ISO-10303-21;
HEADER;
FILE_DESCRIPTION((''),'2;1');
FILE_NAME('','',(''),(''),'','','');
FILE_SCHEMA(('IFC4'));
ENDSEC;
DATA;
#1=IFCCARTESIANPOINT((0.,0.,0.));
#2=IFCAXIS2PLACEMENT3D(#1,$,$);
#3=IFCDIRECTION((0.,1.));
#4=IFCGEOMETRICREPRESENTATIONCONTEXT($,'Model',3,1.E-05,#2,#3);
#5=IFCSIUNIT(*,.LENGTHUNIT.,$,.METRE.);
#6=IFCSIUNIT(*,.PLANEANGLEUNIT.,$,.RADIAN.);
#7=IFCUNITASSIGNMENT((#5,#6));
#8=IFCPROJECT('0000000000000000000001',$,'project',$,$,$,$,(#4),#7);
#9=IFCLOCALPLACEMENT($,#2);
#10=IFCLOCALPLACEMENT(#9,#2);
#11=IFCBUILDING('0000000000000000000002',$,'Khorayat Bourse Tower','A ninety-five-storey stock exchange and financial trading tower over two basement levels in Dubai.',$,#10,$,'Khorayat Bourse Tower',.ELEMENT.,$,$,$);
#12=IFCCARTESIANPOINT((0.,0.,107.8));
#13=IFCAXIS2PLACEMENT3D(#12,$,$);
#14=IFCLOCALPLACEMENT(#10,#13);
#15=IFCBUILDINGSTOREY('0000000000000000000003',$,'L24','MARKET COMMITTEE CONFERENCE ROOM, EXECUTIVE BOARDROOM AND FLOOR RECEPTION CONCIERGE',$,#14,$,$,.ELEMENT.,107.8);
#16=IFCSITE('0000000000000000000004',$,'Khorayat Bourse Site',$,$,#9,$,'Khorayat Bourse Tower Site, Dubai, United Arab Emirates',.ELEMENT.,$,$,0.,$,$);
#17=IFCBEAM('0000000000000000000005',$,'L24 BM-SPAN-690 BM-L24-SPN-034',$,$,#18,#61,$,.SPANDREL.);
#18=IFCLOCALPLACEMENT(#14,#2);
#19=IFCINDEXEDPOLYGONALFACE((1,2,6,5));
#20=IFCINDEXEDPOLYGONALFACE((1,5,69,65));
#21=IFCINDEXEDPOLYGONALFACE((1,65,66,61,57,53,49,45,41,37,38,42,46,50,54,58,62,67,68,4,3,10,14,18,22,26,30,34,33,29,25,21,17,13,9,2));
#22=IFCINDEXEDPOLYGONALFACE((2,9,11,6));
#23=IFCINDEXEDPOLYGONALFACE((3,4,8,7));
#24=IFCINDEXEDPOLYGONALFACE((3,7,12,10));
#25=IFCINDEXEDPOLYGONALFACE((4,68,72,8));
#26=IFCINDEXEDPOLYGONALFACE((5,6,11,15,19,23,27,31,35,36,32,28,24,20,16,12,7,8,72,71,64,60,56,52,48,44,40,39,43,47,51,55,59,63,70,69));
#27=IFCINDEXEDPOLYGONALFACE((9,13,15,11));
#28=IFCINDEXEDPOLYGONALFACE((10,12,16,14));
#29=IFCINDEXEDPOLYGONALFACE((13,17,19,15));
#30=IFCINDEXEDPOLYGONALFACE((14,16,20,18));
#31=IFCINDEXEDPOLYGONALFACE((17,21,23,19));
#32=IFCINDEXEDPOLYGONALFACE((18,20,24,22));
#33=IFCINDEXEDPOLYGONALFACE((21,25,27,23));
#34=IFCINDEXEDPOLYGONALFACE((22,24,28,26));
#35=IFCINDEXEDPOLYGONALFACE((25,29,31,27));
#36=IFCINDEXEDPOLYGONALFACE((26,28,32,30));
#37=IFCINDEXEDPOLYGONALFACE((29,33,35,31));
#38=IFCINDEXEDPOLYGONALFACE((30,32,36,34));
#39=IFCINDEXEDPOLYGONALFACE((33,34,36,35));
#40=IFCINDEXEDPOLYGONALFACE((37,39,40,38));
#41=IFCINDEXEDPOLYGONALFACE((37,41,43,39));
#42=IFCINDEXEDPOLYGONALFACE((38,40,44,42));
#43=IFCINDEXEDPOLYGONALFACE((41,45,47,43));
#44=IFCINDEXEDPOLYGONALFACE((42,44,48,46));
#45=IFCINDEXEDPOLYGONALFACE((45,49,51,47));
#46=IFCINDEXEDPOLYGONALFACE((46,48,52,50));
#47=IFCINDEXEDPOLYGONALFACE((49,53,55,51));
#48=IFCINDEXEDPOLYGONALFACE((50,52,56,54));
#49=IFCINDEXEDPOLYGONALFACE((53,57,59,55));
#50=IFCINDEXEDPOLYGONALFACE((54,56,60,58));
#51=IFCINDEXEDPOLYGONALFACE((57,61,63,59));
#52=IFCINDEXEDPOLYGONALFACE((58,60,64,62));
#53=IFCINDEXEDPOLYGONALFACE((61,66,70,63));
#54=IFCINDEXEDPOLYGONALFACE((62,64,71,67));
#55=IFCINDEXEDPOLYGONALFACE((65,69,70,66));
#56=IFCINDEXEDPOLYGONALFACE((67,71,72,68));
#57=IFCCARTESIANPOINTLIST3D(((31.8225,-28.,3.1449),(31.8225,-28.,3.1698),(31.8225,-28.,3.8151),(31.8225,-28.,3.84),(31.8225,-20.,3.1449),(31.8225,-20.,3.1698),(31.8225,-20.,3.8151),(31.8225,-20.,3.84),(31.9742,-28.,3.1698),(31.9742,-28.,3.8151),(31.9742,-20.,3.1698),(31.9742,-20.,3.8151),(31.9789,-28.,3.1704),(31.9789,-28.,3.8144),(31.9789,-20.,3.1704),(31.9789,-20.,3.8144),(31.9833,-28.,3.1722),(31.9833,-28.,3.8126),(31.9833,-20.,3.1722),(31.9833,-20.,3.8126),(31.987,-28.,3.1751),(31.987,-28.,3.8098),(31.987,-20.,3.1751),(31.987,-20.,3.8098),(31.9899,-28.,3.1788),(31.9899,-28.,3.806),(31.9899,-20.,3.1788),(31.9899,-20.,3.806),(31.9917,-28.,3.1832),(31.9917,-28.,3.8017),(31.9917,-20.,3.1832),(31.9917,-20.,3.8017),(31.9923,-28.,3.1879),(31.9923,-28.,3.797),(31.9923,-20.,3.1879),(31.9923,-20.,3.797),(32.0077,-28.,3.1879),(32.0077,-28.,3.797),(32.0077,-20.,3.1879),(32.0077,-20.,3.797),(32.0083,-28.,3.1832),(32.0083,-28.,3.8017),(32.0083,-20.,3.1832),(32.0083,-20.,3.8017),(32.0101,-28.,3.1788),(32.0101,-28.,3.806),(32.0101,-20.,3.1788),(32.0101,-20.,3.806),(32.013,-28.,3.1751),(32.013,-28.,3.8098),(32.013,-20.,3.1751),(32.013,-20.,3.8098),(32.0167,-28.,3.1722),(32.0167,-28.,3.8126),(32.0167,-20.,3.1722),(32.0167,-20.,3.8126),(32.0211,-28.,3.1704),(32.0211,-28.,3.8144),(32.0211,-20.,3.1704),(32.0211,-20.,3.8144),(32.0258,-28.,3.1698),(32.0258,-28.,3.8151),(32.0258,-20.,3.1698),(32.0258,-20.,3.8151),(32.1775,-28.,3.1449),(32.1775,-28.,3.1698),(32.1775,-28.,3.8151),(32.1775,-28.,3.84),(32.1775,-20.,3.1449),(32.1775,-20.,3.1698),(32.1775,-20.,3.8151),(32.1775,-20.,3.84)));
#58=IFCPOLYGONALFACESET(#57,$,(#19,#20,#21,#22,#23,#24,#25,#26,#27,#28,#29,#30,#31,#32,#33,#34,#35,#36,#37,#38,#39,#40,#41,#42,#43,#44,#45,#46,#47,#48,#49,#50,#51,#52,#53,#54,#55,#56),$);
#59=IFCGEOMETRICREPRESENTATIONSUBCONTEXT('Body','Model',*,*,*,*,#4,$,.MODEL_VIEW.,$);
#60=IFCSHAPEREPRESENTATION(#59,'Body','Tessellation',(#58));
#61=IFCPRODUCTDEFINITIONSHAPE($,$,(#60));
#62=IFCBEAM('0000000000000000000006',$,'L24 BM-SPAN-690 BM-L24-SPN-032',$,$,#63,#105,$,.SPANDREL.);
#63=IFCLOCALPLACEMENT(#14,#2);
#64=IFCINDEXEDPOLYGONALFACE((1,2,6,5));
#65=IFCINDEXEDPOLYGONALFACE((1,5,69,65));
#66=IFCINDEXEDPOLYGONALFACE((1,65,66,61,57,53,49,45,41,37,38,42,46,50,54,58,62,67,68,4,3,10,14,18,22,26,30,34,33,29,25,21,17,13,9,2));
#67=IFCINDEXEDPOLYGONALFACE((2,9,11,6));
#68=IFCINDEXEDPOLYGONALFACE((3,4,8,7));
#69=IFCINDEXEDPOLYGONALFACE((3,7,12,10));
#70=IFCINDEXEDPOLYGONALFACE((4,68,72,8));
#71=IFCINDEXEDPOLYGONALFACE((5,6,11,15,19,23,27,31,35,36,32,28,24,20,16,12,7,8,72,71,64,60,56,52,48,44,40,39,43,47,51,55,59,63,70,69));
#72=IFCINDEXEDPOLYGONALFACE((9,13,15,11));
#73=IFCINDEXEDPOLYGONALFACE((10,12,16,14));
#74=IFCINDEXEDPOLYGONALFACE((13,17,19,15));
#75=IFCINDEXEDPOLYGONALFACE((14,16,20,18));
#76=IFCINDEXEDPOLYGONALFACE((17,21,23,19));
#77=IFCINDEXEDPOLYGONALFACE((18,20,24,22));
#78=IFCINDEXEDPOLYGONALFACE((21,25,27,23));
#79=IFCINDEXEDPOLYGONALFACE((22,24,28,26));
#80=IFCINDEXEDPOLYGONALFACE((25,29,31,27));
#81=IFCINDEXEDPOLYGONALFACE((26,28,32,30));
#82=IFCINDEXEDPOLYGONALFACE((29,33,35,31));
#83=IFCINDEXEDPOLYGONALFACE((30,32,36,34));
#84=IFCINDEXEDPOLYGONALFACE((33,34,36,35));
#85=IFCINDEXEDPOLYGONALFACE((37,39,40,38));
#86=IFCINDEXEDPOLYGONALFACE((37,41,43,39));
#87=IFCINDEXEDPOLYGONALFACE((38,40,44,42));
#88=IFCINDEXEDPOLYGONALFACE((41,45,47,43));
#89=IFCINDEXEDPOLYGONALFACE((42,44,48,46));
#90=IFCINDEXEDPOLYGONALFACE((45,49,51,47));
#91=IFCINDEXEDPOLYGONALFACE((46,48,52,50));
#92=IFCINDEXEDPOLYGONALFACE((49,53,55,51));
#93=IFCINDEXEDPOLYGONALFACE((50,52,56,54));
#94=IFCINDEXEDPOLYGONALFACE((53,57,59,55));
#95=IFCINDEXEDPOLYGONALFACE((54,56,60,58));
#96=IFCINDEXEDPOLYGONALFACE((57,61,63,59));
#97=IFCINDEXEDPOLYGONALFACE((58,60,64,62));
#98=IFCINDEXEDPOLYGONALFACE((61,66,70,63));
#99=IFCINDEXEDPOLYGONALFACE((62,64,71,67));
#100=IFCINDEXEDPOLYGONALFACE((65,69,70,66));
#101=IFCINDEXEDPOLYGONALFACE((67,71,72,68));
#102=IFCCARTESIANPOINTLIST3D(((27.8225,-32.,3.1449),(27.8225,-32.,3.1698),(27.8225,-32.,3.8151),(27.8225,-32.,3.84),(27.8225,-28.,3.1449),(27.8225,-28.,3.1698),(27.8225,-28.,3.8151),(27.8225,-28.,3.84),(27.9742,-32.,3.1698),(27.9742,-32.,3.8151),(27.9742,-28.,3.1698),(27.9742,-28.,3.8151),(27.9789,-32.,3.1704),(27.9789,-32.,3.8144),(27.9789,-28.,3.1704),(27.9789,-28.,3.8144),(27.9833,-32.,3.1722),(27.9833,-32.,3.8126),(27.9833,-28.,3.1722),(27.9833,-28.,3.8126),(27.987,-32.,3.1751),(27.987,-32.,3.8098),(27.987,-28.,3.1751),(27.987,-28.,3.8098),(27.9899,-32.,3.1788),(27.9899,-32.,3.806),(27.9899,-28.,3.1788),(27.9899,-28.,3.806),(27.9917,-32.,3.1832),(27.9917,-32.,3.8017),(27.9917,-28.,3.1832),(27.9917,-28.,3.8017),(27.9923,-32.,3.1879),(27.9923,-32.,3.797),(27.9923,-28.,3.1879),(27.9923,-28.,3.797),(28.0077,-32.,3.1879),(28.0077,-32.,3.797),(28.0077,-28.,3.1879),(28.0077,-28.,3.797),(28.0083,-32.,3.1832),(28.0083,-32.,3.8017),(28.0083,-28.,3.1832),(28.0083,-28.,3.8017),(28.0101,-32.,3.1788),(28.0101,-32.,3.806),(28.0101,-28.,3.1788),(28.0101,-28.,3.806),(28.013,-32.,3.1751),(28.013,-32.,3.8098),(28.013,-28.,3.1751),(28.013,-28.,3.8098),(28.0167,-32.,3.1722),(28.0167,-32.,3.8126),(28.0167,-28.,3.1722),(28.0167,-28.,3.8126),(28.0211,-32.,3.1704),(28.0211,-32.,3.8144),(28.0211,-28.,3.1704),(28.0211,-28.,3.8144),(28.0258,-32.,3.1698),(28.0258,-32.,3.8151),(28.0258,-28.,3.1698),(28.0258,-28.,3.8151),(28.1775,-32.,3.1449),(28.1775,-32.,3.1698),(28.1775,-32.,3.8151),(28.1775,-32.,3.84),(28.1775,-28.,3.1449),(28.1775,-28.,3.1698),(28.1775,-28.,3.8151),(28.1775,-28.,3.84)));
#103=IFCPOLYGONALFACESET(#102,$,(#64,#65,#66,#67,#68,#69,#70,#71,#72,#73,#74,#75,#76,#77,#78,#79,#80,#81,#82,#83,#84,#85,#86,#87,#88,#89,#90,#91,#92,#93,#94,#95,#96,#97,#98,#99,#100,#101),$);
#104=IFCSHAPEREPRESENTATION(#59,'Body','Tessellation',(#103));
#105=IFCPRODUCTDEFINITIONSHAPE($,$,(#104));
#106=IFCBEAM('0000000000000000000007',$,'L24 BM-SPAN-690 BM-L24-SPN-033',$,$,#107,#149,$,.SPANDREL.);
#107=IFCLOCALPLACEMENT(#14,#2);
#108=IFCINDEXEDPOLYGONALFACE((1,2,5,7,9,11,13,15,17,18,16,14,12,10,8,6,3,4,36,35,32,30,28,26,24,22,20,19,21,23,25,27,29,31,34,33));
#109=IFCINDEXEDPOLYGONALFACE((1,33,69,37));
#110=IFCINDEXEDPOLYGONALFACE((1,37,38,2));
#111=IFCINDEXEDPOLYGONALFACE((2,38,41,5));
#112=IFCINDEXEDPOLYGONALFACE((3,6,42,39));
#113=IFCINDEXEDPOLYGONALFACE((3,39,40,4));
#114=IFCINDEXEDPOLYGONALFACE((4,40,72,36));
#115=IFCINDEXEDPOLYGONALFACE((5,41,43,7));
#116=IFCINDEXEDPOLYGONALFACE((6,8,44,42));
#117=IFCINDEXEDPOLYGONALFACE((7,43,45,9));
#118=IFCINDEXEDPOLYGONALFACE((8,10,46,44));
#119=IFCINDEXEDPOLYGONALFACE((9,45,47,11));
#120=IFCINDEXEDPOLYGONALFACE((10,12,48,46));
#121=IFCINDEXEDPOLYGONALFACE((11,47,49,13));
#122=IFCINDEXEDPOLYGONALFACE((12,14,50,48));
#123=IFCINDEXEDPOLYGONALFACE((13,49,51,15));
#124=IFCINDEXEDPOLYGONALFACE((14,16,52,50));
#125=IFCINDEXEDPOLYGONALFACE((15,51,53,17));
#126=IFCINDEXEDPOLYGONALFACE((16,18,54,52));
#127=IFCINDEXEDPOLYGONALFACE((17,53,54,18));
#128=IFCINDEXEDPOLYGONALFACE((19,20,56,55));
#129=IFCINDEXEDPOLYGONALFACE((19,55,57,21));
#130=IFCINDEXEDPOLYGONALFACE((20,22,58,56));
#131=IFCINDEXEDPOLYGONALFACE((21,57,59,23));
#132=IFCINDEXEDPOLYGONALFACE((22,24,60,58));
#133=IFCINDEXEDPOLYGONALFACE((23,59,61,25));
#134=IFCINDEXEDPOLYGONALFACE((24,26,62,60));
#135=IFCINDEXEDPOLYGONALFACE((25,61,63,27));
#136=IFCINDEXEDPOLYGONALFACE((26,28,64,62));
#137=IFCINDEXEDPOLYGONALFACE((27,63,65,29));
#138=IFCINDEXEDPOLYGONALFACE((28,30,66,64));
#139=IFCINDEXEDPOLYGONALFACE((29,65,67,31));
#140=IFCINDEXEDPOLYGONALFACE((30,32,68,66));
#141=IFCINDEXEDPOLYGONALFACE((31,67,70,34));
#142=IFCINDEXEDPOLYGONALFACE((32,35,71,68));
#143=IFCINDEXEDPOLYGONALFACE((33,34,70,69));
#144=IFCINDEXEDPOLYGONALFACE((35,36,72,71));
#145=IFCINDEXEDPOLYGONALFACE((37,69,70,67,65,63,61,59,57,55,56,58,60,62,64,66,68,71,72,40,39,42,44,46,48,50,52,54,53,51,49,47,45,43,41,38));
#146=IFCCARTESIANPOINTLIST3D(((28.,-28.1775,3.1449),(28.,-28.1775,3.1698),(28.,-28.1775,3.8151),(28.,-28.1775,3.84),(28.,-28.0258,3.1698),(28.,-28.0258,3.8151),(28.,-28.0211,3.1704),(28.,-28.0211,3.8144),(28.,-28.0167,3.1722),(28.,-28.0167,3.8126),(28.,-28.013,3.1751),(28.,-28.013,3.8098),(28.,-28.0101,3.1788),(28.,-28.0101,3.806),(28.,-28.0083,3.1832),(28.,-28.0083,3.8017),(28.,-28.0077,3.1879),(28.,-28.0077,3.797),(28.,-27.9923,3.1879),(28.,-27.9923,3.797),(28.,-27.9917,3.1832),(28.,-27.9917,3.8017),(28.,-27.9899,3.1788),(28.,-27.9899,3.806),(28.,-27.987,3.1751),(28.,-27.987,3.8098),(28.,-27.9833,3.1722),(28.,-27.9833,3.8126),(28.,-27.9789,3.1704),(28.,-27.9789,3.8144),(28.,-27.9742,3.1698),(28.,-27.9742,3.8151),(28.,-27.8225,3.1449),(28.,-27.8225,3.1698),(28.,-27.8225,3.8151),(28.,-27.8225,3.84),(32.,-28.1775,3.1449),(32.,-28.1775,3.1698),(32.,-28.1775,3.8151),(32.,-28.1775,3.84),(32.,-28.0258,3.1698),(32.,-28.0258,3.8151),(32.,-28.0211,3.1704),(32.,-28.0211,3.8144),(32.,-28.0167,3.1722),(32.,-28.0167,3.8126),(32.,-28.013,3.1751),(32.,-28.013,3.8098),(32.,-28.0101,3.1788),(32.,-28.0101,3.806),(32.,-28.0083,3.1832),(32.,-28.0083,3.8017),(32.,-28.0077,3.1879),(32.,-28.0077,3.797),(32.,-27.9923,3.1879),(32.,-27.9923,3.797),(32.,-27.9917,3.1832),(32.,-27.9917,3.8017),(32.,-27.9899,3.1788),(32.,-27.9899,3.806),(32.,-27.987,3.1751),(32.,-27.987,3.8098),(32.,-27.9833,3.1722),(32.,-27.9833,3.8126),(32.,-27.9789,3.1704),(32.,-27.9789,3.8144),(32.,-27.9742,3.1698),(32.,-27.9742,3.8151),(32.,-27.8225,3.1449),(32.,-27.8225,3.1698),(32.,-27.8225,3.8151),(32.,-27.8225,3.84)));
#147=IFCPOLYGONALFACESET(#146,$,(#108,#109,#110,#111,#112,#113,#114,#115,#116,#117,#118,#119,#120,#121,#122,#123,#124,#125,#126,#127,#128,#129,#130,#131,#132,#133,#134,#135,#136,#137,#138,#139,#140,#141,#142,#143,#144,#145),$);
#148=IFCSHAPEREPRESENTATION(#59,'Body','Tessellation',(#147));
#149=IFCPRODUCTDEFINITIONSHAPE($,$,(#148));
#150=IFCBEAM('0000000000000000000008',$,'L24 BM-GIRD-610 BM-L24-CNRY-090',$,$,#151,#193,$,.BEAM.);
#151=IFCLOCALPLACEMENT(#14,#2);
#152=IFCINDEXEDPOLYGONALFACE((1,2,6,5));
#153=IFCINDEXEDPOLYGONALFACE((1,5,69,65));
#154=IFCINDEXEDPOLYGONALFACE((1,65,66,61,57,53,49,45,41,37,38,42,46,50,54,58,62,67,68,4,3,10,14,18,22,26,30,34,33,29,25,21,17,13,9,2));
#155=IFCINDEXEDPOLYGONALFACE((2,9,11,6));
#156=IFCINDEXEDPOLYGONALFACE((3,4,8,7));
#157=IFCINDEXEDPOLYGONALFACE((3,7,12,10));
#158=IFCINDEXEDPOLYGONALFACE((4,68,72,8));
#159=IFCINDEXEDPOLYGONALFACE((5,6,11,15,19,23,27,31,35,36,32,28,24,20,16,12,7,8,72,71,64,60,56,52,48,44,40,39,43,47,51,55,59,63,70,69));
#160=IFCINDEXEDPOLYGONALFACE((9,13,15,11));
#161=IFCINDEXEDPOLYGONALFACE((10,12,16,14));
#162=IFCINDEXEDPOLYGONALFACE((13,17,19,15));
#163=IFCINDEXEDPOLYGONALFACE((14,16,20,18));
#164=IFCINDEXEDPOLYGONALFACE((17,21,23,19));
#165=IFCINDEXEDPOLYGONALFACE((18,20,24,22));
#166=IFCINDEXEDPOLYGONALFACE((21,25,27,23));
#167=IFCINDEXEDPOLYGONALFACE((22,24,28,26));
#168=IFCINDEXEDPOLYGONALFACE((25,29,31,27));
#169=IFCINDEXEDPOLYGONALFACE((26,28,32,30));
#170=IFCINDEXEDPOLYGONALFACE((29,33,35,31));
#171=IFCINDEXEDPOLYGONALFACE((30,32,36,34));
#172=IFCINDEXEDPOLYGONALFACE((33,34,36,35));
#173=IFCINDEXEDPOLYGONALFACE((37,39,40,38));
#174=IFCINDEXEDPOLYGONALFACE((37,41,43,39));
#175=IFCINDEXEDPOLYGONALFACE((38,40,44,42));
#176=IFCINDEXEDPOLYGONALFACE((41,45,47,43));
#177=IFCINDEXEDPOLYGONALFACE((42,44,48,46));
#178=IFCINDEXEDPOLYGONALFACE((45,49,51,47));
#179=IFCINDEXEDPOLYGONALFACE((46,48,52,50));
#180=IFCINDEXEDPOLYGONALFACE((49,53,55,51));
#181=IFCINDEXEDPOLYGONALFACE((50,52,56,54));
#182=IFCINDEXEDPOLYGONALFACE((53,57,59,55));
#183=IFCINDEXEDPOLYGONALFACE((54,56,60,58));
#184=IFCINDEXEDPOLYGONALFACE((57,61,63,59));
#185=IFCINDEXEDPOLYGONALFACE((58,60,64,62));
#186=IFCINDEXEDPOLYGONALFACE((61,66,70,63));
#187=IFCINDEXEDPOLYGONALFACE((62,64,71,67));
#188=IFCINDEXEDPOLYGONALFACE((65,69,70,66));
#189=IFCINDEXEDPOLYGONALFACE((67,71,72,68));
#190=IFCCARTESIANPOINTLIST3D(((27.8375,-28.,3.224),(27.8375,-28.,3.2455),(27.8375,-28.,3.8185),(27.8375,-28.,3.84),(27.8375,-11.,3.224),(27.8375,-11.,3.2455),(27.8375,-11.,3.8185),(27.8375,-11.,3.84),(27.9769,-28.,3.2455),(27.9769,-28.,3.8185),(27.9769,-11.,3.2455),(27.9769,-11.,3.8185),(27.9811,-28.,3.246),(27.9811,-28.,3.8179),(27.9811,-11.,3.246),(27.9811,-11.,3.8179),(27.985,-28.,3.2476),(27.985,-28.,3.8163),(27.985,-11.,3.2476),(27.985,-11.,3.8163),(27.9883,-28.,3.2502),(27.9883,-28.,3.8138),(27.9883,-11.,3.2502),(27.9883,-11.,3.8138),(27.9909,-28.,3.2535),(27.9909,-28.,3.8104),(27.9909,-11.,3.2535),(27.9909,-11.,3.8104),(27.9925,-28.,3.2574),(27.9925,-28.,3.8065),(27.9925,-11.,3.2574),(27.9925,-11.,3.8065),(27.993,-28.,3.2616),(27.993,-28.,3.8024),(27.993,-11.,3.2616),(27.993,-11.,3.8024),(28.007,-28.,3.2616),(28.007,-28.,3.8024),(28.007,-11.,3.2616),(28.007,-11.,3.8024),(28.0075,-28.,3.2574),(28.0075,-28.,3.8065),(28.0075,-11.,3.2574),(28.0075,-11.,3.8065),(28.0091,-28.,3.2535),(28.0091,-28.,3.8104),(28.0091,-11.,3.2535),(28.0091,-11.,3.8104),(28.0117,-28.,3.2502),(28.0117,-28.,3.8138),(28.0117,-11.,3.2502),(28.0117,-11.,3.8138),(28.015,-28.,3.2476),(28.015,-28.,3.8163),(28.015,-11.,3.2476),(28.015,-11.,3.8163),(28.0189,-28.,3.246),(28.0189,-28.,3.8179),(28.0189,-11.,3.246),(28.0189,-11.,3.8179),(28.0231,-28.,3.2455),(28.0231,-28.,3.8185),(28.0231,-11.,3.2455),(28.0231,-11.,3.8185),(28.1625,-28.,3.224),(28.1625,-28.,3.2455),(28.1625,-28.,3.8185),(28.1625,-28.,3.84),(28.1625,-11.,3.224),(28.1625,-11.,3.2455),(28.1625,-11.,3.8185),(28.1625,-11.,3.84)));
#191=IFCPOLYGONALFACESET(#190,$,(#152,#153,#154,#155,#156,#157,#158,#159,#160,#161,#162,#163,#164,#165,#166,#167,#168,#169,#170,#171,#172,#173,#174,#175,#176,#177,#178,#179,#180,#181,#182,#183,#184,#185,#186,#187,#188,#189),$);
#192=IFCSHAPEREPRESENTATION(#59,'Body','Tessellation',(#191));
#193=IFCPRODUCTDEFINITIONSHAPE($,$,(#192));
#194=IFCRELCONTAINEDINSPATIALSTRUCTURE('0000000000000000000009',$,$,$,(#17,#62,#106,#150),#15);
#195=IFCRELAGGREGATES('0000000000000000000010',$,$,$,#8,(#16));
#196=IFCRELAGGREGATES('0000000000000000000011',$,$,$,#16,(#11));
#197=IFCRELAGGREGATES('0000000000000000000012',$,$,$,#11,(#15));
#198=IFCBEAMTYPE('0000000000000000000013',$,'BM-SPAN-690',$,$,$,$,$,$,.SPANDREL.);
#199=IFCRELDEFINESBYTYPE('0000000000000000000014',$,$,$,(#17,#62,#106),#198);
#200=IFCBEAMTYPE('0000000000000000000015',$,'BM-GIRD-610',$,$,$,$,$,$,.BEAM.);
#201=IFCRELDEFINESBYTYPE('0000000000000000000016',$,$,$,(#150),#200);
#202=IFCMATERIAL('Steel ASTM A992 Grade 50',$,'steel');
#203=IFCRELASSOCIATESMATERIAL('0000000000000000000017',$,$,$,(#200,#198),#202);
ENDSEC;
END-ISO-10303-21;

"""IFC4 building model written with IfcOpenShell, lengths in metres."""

from ifc_helpers import new_model, si_unit, direction, frame, origin, origin_2d, place, context, subcontext, project, spatial, i_section, extrude, source, transform, mapped, material, material_profile, profile_set, type_object, element, save


model = new_model("IFC4")

# Units and contexts
model_context = context("Model", 3, precision=1e-05, world=origin(), true_north=direction((0.0, 1.0)))
body_context = subcontext(model_context, "Body", "Model", "MODEL_VIEW")
ifc_project = project(units=[si_unit("LENGTHUNIT", "METRE"), si_unit("PLANEANGLEUNIT", "RADIAN")], contexts=[model_context])

# Site, building, storey
site_placement = place(None, origin())
site = spatial("IfcSite", under=ifc_project, at=site_placement, Name="Khorayat Bourse Site", LongName="Khorayat Bourse Tower Site, Dubai, United Arab Emirates", CompositionType="ELEMENT", RefElevation=0.0)
building_placement = place(site_placement, origin())
building = spatial("IfcBuilding", under=site, at=building_placement, Name="Khorayat Bourse Tower", Description="A ninety-five-storey stock exchange and financial trading tower over two basement levels in Dubai.", LongName="Khorayat Bourse Tower", CompositionType="ELEMENT")
storey_placement = place(building_placement, frame((0.0, 0.0, 107.8)))
storey = spatial("IfcBuildingStorey", under=building, at=storey_placement, Name="L24", Description="MARKET COMMITTEE CONFERENCE ROOM, EXECUTIVE BOARDROOM AND FLOOR RECEPTION CONCIERGE", CompositionType="ELEMENT", Elevation=107.8)

# Beams
ifc_material_1 = material(Name="Steel ASTM A992 Grade 50", Category="steel")
ifc_material_profile_1 = material_profile(ifc_material_1, i_section(OverallWidth=0.325, OverallDepth=0.616, WebThickness=0.0139, FlangeThickness=0.0215, FilletRadius=0.0161, at=origin_2d()), Name="W610X174")
ifc_profile_set_1 = profile_set([ifc_material_profile_1], Name="Steel ASTM A992 Grade 50")
beam_type_1 = type_object("IfcBeamType", Name="BM-GIRD-610", PredefinedType="BEAM", material=ifc_profile_set_1)
ifc_material_profile_2 = material_profile(ifc_material_1, i_section(OverallWidth=0.355, OverallDepth=0.6951, WebThickness=0.0154, FlangeThickness=0.0249, FilletRadius=0.0181, at=origin_2d()), Name="W690X217")
ifc_profile_set_2 = profile_set([ifc_material_profile_2], Name="Steel ASTM A992 Grade 50")
beam_type_2 = type_object("IfcBeamType", Name="BM-SPAN-690", PredefinedType="SPANDREL", material=ifc_profile_set_2)
shared_shape_1 = source(origin(), body_context, "Body", "SweptSolid", [
    extrude(i_section(OverallWidth=0.355, OverallDepth=0.6951, WebThickness=0.0154, FlangeThickness=0.0249, FilletRadius=0.0181, at=origin_2d()), origin(), (0.0, 0.0, 1.0), 8.0),
])
for number, where, z_axis, x_axis, name in (
    (1, (32.0, -28.0, 3.4924), (0.0, 1.0, 0.0), (-1.0, 0.0, 0.0), "L24 BM-SPAN-690 BM-L24-SPN-034"),
):
    element("IfcBeam", number, at=place(storey_placement, frame(where, z_axis=z_axis, x_axis=x_axis)), inside=storey, type_object=beam_type_2, Name=name, PredefinedType="SPANDREL", context=body_context, shape_type="MappedRepresentation", body=[
        mapped(shared_shape_1, transform((0.0, 0.0, 0.0), scale=1.0)),
    ])
shared_shape_2 = source(origin(), body_context, "Body", "SweptSolid", [
    extrude(i_section(OverallWidth=0.355, OverallDepth=0.6951, WebThickness=0.0154, FlangeThickness=0.0249, FilletRadius=0.0181, at=origin_2d()), origin(), (0.0, 0.0, 1.0), 4.0),
])
for number, where, z_axis, x_axis, name in (
    (2, (28.0, -32.0, 3.4924), (0.0, 1.0, 0.0), (-1.0, 0.0, 0.0), "L24 BM-SPAN-690 BM-L24-SPN-032"),
    (3, (28.0, -28.0, 3.4924), (1.0, 0.0, 0.0), (0.0, 1.0, 0.0), "L24 BM-SPAN-690 BM-L24-SPN-033"),
):
    element("IfcBeam", number, at=place(storey_placement, frame(where, z_axis=z_axis, x_axis=x_axis)), inside=storey, type_object=beam_type_2, Name=name, PredefinedType="SPANDREL", context=body_context, shape_type="MappedRepresentation", body=[
        mapped(shared_shape_2, transform((0.0, 0.0, 0.0), scale=1.0)),
    ])
shared_shape_3 = source(origin(), body_context, "Body", "SweptSolid", [
    extrude(i_section(OverallWidth=0.325, OverallDepth=0.616, WebThickness=0.0139, FlangeThickness=0.0215, FilletRadius=0.0161, at=origin_2d()), origin(), (0.0, 0.0, 1.0), 17.0),
])
beam_1_placement = place(storey_placement, frame((28.0, -28.0, 3.532), z_axis=(0.0, 1.0, 0.0), x_axis=(-1.0, 0.0, 0.0)))
element("IfcBeam", 4, at=beam_1_placement, inside=storey, type_object=beam_type_1, Name="L24 BM-GIRD-610 BM-L24-CNRY-090", PredefinedType="BEAM", context=body_context, shape_type="MappedRepresentation", body=[
    mapped(shared_shape_3, transform((0.0, 0.0, 0.0), scale=1.0)),
])

save(model, "model.ifc")
